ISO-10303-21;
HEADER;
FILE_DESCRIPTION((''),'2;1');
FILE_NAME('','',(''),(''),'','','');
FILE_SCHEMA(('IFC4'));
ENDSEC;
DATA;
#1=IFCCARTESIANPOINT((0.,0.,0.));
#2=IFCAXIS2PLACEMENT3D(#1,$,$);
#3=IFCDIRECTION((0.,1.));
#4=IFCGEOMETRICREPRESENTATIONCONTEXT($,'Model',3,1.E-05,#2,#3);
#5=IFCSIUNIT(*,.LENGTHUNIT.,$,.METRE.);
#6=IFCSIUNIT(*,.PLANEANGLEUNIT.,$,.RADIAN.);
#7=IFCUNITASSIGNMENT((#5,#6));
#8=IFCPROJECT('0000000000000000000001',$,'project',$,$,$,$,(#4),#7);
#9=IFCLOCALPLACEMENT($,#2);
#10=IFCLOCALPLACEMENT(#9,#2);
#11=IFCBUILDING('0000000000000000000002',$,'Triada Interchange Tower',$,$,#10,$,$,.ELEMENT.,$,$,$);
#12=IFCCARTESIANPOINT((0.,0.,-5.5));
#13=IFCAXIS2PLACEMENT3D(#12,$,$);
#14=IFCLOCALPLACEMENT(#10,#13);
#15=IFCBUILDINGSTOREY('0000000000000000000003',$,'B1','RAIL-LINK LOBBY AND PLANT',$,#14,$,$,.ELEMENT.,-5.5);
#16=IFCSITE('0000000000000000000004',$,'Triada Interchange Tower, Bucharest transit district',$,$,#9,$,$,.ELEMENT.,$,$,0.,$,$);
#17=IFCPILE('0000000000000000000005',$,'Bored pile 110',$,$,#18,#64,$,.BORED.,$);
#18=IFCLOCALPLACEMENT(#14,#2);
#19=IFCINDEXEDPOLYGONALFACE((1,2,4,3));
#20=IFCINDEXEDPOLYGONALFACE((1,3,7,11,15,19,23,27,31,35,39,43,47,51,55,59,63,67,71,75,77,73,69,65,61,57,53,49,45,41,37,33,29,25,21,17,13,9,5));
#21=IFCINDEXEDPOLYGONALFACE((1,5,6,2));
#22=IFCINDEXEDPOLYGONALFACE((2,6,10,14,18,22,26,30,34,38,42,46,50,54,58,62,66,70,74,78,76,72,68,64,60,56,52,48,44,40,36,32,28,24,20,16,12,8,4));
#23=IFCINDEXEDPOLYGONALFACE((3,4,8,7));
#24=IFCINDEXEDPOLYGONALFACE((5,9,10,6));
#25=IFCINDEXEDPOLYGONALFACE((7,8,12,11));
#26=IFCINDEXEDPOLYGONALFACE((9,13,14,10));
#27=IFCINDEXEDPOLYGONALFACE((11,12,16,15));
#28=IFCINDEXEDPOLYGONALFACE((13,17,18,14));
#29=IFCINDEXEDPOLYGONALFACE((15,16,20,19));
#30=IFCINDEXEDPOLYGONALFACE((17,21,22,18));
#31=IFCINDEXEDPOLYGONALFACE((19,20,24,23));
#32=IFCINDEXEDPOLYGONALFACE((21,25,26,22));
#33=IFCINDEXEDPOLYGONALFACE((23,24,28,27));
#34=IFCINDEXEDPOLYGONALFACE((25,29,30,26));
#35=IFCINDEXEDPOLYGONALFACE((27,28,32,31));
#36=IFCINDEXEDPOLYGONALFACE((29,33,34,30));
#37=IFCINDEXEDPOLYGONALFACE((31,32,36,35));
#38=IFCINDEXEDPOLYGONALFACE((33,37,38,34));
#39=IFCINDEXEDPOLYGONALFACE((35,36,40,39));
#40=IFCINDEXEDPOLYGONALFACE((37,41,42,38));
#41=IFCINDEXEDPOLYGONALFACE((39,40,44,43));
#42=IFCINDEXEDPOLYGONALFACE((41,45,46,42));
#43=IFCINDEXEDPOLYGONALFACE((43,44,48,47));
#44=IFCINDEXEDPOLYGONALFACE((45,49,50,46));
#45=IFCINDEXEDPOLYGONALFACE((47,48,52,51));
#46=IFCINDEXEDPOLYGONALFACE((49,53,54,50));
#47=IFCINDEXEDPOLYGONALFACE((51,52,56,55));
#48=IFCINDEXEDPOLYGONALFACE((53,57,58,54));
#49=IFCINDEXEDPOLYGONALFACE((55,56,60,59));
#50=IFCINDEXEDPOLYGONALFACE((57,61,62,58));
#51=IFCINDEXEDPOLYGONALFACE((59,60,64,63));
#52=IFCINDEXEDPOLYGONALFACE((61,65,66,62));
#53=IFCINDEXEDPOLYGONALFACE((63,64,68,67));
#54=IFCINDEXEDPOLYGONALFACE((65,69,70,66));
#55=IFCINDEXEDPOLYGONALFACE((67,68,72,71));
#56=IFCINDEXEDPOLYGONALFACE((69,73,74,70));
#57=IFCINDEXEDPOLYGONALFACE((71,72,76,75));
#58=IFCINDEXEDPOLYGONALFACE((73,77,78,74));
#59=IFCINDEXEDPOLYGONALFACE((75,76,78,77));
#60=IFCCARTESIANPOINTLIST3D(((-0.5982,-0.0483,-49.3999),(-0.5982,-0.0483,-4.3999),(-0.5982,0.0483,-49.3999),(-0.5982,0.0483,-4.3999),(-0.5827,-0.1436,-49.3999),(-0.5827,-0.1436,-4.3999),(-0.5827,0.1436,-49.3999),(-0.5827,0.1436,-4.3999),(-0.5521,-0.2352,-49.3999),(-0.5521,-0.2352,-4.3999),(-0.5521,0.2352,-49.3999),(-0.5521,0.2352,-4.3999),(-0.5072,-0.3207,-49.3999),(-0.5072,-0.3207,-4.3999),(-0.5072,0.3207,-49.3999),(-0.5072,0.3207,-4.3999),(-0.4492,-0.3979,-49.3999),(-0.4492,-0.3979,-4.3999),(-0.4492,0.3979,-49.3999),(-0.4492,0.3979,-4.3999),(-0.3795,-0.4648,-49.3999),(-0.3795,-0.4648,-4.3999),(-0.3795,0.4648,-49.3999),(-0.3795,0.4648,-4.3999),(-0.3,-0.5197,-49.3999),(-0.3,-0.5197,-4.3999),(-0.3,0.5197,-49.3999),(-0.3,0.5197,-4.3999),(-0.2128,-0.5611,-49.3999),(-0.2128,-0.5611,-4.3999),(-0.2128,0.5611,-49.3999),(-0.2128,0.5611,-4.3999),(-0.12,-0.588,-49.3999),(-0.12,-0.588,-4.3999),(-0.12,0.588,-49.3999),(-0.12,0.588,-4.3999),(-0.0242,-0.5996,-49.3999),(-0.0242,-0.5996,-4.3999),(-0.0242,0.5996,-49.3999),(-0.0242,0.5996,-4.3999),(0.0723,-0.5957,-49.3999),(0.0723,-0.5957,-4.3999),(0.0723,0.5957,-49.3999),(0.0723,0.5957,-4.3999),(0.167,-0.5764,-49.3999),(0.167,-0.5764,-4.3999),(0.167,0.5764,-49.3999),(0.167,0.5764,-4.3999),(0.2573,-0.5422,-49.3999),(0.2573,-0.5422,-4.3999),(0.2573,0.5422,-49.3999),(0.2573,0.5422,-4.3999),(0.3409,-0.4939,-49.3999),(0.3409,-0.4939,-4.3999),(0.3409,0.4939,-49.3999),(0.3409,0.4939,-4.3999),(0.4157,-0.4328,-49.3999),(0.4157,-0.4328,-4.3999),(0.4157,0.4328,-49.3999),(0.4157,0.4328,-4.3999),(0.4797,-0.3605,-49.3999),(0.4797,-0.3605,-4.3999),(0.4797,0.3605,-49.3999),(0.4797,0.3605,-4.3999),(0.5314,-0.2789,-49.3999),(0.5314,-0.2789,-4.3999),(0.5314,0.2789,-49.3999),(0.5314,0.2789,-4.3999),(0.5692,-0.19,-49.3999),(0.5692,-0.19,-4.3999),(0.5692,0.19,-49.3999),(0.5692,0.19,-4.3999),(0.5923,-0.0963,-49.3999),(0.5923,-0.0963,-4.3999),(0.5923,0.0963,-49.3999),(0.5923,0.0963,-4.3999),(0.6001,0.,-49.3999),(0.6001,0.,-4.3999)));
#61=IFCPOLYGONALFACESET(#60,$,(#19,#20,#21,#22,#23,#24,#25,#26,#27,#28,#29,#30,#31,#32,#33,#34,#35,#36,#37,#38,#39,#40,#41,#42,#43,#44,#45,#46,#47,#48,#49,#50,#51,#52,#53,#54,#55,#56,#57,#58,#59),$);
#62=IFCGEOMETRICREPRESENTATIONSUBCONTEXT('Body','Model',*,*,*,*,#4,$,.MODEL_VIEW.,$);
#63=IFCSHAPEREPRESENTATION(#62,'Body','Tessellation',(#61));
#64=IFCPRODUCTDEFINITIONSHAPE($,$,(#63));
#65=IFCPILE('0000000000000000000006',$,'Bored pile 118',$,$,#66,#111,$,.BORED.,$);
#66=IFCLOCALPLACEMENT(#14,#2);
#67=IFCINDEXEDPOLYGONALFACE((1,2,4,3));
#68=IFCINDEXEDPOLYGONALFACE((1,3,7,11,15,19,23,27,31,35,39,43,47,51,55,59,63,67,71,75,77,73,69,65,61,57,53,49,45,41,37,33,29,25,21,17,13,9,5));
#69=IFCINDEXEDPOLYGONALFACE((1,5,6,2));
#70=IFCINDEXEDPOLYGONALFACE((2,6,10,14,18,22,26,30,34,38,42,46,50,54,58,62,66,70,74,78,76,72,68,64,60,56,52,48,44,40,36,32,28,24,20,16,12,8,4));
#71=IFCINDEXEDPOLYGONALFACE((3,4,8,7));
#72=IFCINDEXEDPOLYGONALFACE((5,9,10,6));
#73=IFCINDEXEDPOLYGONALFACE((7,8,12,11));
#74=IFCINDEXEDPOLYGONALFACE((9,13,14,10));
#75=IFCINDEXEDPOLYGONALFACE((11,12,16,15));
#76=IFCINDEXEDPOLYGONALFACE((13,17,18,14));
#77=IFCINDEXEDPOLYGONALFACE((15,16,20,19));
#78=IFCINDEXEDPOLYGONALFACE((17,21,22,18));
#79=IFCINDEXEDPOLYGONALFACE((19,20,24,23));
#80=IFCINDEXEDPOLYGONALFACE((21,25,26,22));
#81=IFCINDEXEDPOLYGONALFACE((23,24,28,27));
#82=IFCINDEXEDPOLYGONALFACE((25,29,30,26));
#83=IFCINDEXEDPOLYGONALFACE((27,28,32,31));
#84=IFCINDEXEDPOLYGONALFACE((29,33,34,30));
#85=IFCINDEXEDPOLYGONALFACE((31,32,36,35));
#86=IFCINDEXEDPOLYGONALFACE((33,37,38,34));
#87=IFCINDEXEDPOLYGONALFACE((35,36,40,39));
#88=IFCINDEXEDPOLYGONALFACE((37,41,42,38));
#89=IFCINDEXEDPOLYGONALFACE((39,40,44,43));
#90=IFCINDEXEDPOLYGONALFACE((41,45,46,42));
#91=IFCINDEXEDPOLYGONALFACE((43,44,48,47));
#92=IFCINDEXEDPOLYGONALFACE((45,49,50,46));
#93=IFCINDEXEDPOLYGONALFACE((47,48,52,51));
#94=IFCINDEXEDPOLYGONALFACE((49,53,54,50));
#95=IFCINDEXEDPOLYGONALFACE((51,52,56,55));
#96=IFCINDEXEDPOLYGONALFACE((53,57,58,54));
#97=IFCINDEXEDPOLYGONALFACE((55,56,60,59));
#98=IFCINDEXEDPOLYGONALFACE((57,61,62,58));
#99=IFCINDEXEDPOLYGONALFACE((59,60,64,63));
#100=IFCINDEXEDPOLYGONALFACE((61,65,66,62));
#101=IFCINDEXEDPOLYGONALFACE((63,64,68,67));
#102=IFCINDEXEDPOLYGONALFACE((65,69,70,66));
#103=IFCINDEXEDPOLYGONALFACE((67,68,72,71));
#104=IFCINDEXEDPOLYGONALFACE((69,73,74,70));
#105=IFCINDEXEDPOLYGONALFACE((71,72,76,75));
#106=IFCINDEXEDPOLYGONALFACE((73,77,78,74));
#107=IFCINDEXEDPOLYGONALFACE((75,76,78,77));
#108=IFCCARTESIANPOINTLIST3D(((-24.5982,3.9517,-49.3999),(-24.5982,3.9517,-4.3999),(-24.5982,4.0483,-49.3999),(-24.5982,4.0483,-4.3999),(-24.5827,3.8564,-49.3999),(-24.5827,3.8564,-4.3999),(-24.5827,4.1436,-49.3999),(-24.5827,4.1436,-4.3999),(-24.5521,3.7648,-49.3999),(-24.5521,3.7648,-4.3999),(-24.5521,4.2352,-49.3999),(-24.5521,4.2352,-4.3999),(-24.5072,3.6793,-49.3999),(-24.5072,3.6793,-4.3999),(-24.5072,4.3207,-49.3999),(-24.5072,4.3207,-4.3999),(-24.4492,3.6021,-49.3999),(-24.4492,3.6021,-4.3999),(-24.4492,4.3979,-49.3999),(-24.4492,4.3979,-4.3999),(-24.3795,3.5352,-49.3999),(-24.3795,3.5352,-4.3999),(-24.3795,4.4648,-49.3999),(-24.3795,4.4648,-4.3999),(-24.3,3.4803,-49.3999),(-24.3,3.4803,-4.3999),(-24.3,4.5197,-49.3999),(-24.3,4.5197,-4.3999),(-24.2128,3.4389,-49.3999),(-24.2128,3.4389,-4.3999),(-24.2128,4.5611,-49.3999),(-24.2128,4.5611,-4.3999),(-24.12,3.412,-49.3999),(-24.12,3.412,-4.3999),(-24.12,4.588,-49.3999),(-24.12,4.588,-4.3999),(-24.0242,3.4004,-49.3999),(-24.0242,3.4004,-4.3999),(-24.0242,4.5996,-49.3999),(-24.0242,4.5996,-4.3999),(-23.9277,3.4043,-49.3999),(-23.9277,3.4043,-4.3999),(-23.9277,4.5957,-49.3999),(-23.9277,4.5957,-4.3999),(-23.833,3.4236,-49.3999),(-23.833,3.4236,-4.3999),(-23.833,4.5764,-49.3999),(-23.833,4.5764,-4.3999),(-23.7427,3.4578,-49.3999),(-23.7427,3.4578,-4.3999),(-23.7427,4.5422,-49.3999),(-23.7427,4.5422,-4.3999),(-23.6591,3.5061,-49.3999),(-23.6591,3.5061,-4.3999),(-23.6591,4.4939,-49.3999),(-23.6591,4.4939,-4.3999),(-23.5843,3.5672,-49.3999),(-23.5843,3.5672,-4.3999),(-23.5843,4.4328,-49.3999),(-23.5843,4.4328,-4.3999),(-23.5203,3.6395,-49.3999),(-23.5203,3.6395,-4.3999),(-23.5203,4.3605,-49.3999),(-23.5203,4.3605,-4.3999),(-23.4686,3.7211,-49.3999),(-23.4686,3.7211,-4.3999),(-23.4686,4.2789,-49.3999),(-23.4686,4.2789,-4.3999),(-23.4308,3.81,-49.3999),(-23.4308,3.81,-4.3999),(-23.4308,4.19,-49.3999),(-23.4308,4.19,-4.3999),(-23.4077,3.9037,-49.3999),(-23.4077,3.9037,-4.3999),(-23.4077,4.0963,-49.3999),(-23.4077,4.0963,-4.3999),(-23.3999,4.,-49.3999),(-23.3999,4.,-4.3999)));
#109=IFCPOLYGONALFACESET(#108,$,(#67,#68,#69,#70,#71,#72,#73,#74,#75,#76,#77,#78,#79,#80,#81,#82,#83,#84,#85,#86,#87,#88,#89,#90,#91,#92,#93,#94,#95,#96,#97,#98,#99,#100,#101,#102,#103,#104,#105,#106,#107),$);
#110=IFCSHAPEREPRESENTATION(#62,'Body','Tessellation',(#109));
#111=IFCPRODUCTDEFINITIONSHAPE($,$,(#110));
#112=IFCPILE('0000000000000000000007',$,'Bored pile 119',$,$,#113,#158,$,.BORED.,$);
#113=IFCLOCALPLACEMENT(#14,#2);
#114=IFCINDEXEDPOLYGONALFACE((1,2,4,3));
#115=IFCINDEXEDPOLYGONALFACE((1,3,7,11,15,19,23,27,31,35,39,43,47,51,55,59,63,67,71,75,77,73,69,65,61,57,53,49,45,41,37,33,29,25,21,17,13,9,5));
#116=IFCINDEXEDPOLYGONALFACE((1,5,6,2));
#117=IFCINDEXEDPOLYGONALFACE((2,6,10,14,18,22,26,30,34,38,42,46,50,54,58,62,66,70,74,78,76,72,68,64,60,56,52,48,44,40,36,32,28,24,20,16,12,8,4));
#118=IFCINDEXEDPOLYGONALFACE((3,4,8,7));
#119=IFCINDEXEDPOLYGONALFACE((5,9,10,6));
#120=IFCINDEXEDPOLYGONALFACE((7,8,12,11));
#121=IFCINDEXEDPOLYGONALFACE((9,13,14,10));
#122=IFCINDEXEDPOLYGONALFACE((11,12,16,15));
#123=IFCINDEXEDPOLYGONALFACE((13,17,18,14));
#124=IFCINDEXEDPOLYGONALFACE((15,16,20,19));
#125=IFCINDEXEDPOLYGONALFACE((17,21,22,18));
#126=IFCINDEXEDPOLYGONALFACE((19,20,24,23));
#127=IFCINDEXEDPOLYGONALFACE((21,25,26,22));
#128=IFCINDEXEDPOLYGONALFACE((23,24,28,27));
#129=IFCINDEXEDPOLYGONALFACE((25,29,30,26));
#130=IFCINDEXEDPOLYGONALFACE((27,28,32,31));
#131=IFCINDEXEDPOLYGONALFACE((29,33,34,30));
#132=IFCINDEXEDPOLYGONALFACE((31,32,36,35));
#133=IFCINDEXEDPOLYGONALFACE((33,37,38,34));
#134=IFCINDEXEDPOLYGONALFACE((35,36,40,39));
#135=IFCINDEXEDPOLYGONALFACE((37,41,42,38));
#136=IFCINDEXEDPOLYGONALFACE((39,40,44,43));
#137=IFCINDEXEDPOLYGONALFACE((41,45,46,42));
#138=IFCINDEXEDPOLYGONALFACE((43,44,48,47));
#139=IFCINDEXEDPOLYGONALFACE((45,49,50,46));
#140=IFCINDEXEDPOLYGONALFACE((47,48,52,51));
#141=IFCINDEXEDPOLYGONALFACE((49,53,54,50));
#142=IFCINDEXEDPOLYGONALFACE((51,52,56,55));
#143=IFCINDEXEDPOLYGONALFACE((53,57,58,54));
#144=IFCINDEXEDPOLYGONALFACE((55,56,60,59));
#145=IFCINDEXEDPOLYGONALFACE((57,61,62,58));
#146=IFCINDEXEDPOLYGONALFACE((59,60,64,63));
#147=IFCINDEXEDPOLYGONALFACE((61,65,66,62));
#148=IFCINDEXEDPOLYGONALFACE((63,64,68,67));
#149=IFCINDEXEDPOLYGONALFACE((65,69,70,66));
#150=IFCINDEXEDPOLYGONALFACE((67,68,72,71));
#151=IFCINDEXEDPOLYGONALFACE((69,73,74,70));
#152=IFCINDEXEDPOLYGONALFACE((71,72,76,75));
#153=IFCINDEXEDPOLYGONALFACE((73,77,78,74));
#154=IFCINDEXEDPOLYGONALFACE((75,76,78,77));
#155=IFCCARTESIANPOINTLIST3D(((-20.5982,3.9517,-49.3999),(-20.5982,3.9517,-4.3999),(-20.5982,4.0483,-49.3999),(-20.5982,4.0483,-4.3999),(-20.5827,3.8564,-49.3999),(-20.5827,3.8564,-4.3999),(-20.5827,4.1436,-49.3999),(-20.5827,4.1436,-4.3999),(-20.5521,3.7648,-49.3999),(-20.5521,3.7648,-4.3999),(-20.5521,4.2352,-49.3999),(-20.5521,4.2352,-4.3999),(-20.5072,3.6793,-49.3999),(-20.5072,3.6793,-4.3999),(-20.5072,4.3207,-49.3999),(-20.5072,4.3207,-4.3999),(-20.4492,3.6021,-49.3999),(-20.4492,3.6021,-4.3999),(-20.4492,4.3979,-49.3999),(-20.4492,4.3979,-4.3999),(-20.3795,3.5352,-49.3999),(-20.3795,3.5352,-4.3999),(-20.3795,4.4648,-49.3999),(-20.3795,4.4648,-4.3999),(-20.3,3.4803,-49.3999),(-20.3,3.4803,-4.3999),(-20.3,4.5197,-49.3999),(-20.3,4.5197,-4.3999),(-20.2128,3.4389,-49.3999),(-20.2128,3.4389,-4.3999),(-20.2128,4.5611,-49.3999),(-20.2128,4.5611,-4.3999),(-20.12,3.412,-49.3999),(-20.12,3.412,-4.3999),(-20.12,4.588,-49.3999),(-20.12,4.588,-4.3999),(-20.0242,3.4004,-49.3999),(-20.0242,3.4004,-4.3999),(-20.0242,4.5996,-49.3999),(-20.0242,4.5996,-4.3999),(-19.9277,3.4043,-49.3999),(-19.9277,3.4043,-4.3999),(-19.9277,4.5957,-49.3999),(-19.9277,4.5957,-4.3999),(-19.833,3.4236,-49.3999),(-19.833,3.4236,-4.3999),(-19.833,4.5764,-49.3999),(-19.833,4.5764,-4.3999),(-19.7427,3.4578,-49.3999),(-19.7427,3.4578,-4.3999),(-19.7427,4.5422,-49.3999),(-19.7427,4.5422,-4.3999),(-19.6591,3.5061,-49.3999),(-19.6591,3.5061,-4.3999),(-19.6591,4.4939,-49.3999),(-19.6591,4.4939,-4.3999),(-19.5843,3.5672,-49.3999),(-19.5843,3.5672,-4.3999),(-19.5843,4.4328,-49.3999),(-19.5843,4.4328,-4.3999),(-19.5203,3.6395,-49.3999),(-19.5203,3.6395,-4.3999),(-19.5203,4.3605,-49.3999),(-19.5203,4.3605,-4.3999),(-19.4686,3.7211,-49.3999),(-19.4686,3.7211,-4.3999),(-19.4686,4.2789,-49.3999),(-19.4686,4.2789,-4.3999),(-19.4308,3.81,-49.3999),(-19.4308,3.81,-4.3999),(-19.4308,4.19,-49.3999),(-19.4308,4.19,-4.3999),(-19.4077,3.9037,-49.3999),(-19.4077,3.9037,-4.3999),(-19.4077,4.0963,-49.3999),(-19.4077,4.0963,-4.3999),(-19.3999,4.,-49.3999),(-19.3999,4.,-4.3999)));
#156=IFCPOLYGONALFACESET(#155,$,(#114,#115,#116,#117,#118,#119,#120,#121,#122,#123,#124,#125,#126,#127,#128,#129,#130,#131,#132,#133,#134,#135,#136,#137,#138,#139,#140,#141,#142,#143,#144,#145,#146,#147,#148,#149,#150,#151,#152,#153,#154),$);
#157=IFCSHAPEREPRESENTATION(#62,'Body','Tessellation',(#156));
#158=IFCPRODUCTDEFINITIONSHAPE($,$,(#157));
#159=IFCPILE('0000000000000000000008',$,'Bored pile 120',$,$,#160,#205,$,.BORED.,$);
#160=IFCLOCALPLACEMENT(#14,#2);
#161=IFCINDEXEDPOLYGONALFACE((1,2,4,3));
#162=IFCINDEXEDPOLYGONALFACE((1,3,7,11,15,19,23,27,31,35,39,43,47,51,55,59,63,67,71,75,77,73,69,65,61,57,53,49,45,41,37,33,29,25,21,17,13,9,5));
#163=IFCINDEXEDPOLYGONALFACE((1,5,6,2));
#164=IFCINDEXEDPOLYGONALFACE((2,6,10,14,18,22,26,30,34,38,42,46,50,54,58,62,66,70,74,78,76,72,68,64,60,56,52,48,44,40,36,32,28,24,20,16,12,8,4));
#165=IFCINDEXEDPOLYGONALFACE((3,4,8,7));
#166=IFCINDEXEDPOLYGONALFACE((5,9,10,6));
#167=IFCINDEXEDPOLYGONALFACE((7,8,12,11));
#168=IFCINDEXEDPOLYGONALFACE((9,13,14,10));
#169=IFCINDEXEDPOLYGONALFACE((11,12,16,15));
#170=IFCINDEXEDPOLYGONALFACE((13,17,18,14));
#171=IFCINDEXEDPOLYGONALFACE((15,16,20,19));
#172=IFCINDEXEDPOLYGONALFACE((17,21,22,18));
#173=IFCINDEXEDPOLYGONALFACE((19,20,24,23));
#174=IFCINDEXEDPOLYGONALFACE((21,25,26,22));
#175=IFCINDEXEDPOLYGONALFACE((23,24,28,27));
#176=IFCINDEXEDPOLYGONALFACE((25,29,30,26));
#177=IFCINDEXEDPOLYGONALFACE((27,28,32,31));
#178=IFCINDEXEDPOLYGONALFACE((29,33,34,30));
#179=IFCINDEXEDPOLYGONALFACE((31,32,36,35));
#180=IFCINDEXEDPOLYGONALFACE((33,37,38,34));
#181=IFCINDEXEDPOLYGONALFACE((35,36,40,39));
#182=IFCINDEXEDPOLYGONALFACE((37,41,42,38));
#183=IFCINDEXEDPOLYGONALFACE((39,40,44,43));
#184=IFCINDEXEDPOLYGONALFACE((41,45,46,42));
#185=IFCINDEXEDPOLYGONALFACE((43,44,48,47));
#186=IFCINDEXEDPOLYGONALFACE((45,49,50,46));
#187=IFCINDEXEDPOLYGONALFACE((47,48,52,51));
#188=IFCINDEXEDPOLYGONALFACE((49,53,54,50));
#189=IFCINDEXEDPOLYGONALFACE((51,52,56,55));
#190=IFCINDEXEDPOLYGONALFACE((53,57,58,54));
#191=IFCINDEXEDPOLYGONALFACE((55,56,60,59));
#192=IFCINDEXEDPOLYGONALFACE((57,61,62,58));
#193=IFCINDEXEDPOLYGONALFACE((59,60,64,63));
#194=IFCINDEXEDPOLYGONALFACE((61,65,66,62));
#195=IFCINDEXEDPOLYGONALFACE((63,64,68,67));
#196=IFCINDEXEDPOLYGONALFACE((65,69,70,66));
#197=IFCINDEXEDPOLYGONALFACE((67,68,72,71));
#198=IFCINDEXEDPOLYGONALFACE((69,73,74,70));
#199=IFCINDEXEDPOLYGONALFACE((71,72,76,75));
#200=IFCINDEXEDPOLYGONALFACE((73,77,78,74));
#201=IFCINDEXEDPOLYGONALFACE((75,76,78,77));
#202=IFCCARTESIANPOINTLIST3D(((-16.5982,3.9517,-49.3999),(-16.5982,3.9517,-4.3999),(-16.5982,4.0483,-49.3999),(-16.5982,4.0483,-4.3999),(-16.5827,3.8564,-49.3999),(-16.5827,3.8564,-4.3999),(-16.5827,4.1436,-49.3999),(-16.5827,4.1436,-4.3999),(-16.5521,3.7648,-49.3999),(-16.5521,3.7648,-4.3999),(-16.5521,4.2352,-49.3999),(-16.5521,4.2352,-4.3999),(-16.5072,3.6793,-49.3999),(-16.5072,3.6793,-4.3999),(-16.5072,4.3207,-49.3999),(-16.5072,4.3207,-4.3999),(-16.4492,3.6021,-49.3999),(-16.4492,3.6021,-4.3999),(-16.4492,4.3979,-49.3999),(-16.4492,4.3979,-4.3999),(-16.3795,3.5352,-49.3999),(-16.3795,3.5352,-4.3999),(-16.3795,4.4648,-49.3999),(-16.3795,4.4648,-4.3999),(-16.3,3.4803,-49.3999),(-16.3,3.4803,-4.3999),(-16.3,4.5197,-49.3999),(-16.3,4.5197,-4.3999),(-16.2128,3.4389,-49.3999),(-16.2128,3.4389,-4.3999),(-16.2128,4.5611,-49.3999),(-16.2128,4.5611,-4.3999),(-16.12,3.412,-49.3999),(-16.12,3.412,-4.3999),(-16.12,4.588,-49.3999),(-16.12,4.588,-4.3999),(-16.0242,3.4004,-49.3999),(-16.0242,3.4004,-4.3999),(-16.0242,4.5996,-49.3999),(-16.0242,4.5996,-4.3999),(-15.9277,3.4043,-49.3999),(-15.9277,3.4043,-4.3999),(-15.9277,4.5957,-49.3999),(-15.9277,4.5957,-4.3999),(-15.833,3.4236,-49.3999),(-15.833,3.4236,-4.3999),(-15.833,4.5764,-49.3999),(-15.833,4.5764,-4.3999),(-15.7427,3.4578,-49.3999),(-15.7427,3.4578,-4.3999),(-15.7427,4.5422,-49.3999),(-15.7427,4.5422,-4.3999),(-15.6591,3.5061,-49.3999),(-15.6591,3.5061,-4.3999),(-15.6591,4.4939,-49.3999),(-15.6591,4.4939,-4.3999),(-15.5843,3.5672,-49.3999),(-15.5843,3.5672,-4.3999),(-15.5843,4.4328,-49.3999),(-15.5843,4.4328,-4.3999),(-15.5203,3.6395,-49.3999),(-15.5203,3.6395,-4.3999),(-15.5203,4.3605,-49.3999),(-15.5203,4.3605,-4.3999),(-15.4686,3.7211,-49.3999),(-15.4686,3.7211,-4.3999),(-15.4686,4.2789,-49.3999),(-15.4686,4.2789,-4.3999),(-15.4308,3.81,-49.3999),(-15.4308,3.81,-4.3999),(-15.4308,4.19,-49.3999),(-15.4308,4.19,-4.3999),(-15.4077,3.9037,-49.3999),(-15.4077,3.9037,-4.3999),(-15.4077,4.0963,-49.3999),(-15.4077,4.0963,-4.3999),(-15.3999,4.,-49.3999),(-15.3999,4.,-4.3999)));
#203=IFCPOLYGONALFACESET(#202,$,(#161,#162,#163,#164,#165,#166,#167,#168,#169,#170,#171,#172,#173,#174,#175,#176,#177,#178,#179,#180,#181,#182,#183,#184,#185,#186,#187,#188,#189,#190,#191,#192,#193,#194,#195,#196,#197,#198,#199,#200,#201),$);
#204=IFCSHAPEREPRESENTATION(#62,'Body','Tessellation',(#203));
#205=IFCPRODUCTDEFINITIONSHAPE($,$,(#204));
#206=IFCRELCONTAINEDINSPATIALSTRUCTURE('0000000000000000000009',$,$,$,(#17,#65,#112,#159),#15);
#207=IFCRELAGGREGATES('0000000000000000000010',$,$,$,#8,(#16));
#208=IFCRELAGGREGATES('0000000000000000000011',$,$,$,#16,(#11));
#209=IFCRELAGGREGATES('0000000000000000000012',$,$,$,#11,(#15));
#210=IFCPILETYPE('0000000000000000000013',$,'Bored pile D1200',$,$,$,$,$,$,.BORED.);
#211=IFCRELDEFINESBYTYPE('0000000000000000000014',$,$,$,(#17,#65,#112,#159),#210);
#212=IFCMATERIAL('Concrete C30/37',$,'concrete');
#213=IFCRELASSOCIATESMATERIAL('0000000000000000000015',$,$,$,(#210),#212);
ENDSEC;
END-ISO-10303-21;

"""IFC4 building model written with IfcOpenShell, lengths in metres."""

from ifc_helpers import new_model, si_unit, direction, frame, origin, origin_2d, place, context, subcontext, project, spatial, circle, extrude, material, material_profile, profile_set, type_object, element, save


model = new_model("IFC4")

# Units and contexts
model_context = context("Model", 3, precision=1e-05, world=origin(), true_north=direction((0.0, 1.0)))
body_context = subcontext(model_context, "Body", "Model", "MODEL_VIEW")
ifc_project = project(units=[si_unit("LENGTHUNIT", "METRE"), si_unit("PLANEANGLEUNIT", "RADIAN")], contexts=[model_context])

# Site, building, storey
site_placement = place(None, origin())
site = spatial("IfcSite", under=ifc_project, at=site_placement, Name="Triada Interchange Tower, Bucharest transit district", CompositionType="ELEMENT", RefElevation=0.0)
building_placement = place(site_placement, origin())
building = spatial("IfcBuilding", under=site, at=building_placement, Name="Triada Interchange Tower", CompositionType="ELEMENT")
storey_placement = place(building_placement, frame((0.0, 0.0, -5.5)))
storey = spatial("IfcBuildingStorey", under=building, at=storey_placement, Name="B1", Description="RAIL-LINK LOBBY AND PLANT", CompositionType="ELEMENT", Elevation=-5.5)

# Piles
ifc_material_1 = material(Name="Concrete C30/37", Category="concrete")
ifc_material_profile_1 = material_profile(ifc_material_1, circle(Radius=0.6001, at=origin_2d()), Name="RC D1200")
ifc_profile_set_1 = profile_set([ifc_material_profile_1], Name="Concrete C30/37")
pile_type = type_object("IfcPileType", Name="Bored pile D1200", PredefinedType="BORED", material=ifc_profile_set_1)
for number, where, z_axis, x_axis, name in (
    (1, (0.0, 0.0, -4.3999), (0.0, 0.0, -1.0), (1.0, 0.0, 0.0), "Bored pile 110"),
    (2, (-24.0, 4.0, -4.3999), (0.0, 0.0, -1.0), (1.0, 0.0, 0.0), "Bored pile 118"),
    (3, (-20.0, 4.0, -4.3999), (0.0, 0.0, -1.0), (1.0, 0.0, 0.0), "Bored pile 119"),
    (4, (-16.0, 4.0, -4.3999), (0.0, 0.0, -1.0), (1.0, 0.0, 0.0), "Bored pile 120"),
):
    element("IfcPile", number, at=place(storey_placement, frame(where, z_axis=z_axis, x_axis=x_axis)), inside=storey, type_object=pile_type, Name=name, PredefinedType="BORED", context=body_context, shape_type="SweptSolid", body=[
        extrude(circle(Radius=0.6001, at=origin_2d()), origin(), (0.0, 0.0, 1.0), 45.0),
    ])

save(model, "model.ifc")
